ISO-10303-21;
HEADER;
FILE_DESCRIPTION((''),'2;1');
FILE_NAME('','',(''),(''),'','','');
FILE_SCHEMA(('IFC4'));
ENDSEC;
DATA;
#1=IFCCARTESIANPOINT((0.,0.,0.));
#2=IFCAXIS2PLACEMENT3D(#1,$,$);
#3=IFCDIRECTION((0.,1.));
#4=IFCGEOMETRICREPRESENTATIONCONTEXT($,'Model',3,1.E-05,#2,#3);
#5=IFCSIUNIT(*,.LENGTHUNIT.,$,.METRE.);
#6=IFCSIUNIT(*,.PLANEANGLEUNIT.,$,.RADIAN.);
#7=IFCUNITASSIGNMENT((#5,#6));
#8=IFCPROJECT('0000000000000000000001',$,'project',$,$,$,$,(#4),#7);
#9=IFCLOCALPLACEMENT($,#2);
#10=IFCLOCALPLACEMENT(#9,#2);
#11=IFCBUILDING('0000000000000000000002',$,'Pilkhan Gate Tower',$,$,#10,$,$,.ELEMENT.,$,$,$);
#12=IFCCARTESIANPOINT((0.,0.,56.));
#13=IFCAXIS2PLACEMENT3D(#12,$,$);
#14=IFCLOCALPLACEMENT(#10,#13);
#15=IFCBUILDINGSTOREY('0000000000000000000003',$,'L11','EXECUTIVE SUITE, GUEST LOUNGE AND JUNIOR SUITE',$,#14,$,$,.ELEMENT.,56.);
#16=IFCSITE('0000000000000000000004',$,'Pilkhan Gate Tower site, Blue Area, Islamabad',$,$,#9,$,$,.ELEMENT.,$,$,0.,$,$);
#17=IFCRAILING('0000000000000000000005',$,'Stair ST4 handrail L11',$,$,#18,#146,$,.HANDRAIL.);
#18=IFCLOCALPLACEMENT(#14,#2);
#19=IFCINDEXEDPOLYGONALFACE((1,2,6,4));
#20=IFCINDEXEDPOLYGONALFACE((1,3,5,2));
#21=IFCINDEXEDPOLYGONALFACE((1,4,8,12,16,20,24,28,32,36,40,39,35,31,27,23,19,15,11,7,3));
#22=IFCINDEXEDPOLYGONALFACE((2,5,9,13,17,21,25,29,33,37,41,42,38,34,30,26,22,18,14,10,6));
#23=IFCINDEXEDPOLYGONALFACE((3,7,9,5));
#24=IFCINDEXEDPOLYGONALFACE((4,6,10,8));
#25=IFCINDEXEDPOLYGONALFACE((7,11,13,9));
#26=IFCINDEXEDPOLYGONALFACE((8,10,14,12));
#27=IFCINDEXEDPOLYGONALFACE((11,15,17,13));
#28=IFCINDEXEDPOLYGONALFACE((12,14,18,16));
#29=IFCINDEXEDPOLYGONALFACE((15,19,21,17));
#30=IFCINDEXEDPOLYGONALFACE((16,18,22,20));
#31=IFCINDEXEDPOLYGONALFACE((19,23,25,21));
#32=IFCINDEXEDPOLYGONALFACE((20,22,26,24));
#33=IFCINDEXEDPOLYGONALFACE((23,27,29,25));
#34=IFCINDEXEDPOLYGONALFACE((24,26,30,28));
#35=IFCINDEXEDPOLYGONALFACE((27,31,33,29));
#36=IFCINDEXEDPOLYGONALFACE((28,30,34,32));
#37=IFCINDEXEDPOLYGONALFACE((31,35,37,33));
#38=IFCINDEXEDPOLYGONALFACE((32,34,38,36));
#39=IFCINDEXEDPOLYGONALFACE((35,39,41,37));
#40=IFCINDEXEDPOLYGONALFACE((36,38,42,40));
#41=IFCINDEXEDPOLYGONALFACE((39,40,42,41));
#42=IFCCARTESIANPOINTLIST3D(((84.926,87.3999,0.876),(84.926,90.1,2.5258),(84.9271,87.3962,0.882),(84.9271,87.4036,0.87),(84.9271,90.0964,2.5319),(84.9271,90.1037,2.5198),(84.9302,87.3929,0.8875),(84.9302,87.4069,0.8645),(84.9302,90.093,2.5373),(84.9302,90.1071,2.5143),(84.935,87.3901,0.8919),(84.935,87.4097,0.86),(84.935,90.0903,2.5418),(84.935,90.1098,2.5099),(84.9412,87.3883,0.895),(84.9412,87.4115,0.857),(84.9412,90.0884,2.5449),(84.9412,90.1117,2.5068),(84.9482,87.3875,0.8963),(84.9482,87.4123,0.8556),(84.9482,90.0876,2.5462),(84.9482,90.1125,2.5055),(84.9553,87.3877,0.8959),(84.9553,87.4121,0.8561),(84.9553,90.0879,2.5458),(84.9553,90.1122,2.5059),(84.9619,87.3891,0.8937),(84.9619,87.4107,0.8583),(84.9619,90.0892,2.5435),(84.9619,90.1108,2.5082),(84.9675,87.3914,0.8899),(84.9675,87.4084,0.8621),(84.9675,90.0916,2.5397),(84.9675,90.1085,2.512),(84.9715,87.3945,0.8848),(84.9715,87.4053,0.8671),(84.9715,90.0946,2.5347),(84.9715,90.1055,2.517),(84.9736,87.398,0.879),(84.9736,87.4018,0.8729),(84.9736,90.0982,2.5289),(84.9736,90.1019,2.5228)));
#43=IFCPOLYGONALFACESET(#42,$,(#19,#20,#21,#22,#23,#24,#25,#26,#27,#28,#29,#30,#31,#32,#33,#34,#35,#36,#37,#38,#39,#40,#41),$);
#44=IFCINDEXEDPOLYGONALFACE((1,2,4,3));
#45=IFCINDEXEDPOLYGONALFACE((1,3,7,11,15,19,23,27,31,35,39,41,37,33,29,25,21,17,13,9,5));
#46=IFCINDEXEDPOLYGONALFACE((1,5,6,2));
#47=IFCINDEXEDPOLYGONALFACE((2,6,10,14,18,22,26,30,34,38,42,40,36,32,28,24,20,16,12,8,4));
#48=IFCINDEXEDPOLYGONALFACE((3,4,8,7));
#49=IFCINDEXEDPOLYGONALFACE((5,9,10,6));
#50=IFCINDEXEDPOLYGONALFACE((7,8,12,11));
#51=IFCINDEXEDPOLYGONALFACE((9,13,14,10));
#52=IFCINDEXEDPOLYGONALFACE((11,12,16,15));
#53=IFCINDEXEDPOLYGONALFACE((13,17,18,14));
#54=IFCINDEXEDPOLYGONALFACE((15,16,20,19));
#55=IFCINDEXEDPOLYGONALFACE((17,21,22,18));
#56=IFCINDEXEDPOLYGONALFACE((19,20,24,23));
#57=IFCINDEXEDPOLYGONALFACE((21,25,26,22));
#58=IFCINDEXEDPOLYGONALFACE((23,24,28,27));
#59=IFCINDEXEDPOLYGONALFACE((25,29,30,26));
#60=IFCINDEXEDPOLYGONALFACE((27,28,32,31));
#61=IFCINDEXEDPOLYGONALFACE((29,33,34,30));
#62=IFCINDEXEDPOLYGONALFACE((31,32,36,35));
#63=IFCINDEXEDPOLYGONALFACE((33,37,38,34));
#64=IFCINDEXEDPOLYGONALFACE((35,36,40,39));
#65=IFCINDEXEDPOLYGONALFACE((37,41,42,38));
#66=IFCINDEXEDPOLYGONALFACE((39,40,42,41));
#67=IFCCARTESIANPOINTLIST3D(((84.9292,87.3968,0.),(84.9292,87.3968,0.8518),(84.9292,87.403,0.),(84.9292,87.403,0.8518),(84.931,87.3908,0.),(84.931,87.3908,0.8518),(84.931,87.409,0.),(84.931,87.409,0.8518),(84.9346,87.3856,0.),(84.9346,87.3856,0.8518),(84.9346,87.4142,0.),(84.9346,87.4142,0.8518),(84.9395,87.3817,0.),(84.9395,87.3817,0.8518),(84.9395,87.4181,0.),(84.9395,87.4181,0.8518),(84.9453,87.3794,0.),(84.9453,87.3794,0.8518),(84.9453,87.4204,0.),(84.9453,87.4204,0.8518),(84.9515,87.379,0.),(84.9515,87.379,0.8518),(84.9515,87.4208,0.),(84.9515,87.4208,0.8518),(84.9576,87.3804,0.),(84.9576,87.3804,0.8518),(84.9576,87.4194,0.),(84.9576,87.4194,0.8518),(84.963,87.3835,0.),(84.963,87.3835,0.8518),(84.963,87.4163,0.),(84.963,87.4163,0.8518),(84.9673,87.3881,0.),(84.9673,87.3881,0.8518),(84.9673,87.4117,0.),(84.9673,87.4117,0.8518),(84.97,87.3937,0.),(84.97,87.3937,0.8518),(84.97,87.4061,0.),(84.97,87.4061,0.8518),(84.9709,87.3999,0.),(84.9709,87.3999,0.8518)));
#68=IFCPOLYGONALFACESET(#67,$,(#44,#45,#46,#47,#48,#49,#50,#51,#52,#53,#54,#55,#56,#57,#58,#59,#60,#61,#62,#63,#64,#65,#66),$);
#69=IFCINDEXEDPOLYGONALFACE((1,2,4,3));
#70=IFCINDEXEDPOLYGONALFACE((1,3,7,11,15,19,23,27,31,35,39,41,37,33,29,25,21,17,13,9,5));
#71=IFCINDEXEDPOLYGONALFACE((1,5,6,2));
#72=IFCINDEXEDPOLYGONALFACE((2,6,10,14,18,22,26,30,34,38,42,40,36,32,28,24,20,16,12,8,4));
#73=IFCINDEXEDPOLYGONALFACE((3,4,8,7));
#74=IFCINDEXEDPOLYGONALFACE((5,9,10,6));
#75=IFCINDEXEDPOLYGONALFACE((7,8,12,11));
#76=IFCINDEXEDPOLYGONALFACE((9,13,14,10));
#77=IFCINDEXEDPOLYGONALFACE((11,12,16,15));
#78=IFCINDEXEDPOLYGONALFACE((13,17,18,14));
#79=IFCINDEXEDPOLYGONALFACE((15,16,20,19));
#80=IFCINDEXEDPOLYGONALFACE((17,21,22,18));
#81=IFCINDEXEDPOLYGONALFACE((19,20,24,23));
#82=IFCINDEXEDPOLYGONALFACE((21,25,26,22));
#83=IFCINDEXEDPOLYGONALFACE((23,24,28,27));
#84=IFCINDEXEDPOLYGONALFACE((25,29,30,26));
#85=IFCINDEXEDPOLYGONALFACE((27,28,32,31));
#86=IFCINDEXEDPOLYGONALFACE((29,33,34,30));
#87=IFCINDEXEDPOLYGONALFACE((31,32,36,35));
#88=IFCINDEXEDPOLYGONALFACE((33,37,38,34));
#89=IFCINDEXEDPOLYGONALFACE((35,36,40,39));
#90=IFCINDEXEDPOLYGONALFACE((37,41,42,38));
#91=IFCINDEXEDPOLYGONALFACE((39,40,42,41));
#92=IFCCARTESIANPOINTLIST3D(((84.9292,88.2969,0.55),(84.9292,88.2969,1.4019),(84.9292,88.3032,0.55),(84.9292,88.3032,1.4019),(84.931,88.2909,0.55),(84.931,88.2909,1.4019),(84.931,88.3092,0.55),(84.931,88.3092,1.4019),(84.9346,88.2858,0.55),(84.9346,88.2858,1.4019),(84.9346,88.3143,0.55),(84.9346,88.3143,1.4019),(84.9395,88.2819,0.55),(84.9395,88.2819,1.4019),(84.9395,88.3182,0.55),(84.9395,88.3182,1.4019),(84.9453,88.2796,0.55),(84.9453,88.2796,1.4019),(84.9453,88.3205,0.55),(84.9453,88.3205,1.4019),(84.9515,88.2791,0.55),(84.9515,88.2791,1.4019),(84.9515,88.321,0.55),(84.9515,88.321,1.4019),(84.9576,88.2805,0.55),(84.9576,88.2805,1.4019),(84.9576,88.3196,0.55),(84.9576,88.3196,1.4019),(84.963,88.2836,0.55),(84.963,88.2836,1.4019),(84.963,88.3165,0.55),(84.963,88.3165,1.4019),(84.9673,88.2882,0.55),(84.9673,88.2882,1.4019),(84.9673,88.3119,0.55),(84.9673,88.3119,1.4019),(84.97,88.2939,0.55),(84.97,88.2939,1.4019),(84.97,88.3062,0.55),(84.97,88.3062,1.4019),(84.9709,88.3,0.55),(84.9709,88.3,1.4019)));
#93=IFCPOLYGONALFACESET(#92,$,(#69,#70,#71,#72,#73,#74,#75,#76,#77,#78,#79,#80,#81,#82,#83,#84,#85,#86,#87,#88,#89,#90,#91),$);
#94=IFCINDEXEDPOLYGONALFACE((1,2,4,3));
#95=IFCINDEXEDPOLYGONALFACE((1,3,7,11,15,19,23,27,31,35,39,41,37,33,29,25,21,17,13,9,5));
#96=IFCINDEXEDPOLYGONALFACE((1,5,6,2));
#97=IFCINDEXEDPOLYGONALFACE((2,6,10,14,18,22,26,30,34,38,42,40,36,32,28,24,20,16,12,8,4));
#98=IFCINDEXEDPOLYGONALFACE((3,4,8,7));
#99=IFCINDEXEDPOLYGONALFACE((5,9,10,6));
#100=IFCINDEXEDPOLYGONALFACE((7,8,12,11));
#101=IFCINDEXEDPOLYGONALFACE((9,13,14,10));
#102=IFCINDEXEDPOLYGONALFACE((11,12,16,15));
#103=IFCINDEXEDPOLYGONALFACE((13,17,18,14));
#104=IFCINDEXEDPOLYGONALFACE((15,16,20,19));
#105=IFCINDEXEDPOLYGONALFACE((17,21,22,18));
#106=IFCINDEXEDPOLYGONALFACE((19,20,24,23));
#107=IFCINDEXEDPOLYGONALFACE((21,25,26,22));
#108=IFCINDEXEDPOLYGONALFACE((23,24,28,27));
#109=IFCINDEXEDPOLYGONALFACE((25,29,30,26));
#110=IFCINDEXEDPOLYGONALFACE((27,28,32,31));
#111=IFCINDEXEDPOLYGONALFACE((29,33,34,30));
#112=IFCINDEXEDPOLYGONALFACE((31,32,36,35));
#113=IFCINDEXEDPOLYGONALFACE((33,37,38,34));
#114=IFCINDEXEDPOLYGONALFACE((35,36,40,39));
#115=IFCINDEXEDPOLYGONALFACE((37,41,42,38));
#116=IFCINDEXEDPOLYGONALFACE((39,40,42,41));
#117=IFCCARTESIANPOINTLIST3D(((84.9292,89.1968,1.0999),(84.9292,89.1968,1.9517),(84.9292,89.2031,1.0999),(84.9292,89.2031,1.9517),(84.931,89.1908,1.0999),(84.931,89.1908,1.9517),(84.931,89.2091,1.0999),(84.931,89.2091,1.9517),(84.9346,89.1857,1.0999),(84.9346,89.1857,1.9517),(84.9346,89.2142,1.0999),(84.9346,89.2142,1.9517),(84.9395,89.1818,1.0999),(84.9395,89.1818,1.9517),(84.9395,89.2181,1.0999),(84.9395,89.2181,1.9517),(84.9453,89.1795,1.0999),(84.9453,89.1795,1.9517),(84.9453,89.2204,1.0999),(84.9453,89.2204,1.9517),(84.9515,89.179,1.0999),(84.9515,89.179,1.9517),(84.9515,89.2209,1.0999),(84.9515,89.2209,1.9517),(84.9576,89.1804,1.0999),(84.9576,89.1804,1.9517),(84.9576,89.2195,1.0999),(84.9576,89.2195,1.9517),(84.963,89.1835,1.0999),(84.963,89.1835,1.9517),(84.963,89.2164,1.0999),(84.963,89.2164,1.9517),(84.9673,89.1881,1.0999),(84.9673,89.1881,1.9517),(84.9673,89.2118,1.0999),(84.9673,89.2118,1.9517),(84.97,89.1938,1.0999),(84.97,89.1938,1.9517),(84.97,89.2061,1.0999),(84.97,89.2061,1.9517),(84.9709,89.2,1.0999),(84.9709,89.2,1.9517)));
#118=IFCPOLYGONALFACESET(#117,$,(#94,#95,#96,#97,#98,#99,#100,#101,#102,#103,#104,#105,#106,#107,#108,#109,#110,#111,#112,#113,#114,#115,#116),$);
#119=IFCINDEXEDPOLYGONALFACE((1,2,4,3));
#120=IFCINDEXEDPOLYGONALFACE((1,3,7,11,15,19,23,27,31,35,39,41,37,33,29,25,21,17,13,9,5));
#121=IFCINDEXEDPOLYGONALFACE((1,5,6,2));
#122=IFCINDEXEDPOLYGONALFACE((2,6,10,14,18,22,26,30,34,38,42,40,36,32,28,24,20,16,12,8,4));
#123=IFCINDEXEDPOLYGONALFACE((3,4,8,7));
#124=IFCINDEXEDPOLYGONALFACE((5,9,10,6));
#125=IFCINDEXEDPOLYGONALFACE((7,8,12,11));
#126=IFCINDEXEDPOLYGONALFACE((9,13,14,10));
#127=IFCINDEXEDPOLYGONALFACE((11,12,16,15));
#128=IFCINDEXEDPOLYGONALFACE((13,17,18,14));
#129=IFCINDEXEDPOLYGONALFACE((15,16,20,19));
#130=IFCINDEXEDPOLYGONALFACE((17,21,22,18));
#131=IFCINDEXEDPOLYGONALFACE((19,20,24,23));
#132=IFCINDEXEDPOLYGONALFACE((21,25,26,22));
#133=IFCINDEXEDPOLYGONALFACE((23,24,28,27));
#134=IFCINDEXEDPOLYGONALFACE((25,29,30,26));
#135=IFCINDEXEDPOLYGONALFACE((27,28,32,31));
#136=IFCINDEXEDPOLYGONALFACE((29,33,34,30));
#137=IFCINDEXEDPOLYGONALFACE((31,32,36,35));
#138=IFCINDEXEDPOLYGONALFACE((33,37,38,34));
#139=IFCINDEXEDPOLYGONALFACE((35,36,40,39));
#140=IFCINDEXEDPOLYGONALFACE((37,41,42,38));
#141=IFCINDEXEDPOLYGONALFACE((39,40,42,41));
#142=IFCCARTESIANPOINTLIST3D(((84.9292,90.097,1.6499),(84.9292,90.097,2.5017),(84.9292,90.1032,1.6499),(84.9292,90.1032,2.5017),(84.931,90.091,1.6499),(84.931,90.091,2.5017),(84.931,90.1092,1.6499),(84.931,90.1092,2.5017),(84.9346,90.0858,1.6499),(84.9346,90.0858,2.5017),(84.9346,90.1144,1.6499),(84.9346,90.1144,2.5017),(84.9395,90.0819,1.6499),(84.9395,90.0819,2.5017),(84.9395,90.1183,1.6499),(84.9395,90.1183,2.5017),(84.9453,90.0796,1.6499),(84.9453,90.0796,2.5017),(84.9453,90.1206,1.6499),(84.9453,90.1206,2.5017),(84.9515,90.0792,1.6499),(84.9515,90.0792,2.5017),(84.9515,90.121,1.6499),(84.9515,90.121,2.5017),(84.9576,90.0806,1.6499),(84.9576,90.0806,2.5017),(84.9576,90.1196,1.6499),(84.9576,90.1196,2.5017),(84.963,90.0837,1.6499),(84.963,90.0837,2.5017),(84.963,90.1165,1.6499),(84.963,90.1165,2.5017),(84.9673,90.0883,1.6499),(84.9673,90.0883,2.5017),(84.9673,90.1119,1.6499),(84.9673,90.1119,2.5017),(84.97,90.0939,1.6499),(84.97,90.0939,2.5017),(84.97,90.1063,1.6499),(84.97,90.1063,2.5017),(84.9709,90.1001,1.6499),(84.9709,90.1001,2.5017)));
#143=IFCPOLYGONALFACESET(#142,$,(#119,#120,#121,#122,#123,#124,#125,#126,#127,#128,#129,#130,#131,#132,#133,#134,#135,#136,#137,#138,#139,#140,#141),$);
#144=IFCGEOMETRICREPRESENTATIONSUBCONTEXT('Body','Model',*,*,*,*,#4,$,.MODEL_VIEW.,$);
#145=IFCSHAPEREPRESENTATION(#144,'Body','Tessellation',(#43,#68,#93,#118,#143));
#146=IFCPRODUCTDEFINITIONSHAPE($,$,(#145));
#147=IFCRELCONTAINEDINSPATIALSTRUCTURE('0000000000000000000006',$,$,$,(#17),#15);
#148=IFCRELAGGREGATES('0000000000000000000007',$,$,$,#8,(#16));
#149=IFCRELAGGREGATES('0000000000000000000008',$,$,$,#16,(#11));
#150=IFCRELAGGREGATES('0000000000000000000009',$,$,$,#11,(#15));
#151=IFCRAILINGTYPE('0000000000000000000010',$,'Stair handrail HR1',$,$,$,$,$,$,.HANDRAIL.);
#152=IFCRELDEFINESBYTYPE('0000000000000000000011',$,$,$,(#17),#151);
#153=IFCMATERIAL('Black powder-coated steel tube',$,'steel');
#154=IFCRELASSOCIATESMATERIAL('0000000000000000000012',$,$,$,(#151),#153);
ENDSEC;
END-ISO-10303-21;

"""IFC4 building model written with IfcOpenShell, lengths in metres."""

from ifc_helpers import new_model, si_unit, direction, frame, origin, origin_2d, place, context, subcontext, project, spatial, circle, extrude, material, type_object, element, save


model = new_model("IFC4")

# Units and contexts
model_context = context("Model", 3, precision=1e-05, world=origin(), true_north=direction((0.0, 1.0)))
body_context = subcontext(model_context, "Body", "Model", "MODEL_VIEW")
ifc_project = project(units=[si_unit("LENGTHUNIT", "METRE"), si_unit("PLANEANGLEUNIT", "RADIAN")], contexts=[model_context])

# Site, building, storey
site_placement = place(None, origin())
site = spatial("IfcSite", under=ifc_project, at=site_placement, Name="Pilkhan Gate Tower site, Blue Area, Islamabad", CompositionType="ELEMENT", RefElevation=0.0)
building_placement = place(site_placement, origin())
building = spatial("IfcBuilding", under=site, at=building_placement, Name="Pilkhan Gate Tower", CompositionType="ELEMENT")
storey_placement = place(building_placement, frame((0.0, 0.0, 56.0)))
storey = spatial("IfcBuildingStorey", under=building, at=storey_placement, Name="L11", Description="EXECUTIVE SUITE, GUEST LOUNGE AND JUNIOR SUITE", CompositionType="ELEMENT", Elevation=56.0)

# Railing
ifc_material_1 = material(Name="Black powder-coated steel tube", Category="steel")
railing_type_1 = type_object("IfcRailingType", Name="Stair handrail HR1", PredefinedType="HANDRAIL", material=ifc_material_1)
railing_1_placement = place(storey_placement, frame((84.95, 87.3999, 0.0)))
element("IfcRailing", 1, at=railing_1_placement, inside=storey, type_object=railing_type_1, Name="Stair ST4 handrail L11", PredefinedType="HANDRAIL", context=body_context, shape_type="SweptSolid", body=[
    extrude(circle(Radius=0.0239, at=origin_2d()), frame((0.0, 0.0, 0.876), z_axis=(0.0, 0.853312, 0.5214), x_axis=(-1.0, 0.0, 0.0)), (0.0, 0.0, 1.0), 3.1643),
    extrude(circle(Radius=0.021, at=origin_2d()), origin(), (0.0, 0.0, 1.0), 0.8518),
    extrude(circle(Radius=0.021, at=origin_2d()), frame((0.0, 0.9001, 0.55)), (0.0, 0.0, 1.0), 0.8518),
    extrude(circle(Radius=0.021, at=origin_2d()), frame((0.0, 1.8, 1.0999)), (0.0, 0.0, 1.0), 0.8518),
    extrude(circle(Radius=0.021, at=origin_2d()), frame((0.0, 2.7002, 1.6499)), (0.0, 0.0, 1.0), 0.8518),
])

save(model, "model.ifc")
